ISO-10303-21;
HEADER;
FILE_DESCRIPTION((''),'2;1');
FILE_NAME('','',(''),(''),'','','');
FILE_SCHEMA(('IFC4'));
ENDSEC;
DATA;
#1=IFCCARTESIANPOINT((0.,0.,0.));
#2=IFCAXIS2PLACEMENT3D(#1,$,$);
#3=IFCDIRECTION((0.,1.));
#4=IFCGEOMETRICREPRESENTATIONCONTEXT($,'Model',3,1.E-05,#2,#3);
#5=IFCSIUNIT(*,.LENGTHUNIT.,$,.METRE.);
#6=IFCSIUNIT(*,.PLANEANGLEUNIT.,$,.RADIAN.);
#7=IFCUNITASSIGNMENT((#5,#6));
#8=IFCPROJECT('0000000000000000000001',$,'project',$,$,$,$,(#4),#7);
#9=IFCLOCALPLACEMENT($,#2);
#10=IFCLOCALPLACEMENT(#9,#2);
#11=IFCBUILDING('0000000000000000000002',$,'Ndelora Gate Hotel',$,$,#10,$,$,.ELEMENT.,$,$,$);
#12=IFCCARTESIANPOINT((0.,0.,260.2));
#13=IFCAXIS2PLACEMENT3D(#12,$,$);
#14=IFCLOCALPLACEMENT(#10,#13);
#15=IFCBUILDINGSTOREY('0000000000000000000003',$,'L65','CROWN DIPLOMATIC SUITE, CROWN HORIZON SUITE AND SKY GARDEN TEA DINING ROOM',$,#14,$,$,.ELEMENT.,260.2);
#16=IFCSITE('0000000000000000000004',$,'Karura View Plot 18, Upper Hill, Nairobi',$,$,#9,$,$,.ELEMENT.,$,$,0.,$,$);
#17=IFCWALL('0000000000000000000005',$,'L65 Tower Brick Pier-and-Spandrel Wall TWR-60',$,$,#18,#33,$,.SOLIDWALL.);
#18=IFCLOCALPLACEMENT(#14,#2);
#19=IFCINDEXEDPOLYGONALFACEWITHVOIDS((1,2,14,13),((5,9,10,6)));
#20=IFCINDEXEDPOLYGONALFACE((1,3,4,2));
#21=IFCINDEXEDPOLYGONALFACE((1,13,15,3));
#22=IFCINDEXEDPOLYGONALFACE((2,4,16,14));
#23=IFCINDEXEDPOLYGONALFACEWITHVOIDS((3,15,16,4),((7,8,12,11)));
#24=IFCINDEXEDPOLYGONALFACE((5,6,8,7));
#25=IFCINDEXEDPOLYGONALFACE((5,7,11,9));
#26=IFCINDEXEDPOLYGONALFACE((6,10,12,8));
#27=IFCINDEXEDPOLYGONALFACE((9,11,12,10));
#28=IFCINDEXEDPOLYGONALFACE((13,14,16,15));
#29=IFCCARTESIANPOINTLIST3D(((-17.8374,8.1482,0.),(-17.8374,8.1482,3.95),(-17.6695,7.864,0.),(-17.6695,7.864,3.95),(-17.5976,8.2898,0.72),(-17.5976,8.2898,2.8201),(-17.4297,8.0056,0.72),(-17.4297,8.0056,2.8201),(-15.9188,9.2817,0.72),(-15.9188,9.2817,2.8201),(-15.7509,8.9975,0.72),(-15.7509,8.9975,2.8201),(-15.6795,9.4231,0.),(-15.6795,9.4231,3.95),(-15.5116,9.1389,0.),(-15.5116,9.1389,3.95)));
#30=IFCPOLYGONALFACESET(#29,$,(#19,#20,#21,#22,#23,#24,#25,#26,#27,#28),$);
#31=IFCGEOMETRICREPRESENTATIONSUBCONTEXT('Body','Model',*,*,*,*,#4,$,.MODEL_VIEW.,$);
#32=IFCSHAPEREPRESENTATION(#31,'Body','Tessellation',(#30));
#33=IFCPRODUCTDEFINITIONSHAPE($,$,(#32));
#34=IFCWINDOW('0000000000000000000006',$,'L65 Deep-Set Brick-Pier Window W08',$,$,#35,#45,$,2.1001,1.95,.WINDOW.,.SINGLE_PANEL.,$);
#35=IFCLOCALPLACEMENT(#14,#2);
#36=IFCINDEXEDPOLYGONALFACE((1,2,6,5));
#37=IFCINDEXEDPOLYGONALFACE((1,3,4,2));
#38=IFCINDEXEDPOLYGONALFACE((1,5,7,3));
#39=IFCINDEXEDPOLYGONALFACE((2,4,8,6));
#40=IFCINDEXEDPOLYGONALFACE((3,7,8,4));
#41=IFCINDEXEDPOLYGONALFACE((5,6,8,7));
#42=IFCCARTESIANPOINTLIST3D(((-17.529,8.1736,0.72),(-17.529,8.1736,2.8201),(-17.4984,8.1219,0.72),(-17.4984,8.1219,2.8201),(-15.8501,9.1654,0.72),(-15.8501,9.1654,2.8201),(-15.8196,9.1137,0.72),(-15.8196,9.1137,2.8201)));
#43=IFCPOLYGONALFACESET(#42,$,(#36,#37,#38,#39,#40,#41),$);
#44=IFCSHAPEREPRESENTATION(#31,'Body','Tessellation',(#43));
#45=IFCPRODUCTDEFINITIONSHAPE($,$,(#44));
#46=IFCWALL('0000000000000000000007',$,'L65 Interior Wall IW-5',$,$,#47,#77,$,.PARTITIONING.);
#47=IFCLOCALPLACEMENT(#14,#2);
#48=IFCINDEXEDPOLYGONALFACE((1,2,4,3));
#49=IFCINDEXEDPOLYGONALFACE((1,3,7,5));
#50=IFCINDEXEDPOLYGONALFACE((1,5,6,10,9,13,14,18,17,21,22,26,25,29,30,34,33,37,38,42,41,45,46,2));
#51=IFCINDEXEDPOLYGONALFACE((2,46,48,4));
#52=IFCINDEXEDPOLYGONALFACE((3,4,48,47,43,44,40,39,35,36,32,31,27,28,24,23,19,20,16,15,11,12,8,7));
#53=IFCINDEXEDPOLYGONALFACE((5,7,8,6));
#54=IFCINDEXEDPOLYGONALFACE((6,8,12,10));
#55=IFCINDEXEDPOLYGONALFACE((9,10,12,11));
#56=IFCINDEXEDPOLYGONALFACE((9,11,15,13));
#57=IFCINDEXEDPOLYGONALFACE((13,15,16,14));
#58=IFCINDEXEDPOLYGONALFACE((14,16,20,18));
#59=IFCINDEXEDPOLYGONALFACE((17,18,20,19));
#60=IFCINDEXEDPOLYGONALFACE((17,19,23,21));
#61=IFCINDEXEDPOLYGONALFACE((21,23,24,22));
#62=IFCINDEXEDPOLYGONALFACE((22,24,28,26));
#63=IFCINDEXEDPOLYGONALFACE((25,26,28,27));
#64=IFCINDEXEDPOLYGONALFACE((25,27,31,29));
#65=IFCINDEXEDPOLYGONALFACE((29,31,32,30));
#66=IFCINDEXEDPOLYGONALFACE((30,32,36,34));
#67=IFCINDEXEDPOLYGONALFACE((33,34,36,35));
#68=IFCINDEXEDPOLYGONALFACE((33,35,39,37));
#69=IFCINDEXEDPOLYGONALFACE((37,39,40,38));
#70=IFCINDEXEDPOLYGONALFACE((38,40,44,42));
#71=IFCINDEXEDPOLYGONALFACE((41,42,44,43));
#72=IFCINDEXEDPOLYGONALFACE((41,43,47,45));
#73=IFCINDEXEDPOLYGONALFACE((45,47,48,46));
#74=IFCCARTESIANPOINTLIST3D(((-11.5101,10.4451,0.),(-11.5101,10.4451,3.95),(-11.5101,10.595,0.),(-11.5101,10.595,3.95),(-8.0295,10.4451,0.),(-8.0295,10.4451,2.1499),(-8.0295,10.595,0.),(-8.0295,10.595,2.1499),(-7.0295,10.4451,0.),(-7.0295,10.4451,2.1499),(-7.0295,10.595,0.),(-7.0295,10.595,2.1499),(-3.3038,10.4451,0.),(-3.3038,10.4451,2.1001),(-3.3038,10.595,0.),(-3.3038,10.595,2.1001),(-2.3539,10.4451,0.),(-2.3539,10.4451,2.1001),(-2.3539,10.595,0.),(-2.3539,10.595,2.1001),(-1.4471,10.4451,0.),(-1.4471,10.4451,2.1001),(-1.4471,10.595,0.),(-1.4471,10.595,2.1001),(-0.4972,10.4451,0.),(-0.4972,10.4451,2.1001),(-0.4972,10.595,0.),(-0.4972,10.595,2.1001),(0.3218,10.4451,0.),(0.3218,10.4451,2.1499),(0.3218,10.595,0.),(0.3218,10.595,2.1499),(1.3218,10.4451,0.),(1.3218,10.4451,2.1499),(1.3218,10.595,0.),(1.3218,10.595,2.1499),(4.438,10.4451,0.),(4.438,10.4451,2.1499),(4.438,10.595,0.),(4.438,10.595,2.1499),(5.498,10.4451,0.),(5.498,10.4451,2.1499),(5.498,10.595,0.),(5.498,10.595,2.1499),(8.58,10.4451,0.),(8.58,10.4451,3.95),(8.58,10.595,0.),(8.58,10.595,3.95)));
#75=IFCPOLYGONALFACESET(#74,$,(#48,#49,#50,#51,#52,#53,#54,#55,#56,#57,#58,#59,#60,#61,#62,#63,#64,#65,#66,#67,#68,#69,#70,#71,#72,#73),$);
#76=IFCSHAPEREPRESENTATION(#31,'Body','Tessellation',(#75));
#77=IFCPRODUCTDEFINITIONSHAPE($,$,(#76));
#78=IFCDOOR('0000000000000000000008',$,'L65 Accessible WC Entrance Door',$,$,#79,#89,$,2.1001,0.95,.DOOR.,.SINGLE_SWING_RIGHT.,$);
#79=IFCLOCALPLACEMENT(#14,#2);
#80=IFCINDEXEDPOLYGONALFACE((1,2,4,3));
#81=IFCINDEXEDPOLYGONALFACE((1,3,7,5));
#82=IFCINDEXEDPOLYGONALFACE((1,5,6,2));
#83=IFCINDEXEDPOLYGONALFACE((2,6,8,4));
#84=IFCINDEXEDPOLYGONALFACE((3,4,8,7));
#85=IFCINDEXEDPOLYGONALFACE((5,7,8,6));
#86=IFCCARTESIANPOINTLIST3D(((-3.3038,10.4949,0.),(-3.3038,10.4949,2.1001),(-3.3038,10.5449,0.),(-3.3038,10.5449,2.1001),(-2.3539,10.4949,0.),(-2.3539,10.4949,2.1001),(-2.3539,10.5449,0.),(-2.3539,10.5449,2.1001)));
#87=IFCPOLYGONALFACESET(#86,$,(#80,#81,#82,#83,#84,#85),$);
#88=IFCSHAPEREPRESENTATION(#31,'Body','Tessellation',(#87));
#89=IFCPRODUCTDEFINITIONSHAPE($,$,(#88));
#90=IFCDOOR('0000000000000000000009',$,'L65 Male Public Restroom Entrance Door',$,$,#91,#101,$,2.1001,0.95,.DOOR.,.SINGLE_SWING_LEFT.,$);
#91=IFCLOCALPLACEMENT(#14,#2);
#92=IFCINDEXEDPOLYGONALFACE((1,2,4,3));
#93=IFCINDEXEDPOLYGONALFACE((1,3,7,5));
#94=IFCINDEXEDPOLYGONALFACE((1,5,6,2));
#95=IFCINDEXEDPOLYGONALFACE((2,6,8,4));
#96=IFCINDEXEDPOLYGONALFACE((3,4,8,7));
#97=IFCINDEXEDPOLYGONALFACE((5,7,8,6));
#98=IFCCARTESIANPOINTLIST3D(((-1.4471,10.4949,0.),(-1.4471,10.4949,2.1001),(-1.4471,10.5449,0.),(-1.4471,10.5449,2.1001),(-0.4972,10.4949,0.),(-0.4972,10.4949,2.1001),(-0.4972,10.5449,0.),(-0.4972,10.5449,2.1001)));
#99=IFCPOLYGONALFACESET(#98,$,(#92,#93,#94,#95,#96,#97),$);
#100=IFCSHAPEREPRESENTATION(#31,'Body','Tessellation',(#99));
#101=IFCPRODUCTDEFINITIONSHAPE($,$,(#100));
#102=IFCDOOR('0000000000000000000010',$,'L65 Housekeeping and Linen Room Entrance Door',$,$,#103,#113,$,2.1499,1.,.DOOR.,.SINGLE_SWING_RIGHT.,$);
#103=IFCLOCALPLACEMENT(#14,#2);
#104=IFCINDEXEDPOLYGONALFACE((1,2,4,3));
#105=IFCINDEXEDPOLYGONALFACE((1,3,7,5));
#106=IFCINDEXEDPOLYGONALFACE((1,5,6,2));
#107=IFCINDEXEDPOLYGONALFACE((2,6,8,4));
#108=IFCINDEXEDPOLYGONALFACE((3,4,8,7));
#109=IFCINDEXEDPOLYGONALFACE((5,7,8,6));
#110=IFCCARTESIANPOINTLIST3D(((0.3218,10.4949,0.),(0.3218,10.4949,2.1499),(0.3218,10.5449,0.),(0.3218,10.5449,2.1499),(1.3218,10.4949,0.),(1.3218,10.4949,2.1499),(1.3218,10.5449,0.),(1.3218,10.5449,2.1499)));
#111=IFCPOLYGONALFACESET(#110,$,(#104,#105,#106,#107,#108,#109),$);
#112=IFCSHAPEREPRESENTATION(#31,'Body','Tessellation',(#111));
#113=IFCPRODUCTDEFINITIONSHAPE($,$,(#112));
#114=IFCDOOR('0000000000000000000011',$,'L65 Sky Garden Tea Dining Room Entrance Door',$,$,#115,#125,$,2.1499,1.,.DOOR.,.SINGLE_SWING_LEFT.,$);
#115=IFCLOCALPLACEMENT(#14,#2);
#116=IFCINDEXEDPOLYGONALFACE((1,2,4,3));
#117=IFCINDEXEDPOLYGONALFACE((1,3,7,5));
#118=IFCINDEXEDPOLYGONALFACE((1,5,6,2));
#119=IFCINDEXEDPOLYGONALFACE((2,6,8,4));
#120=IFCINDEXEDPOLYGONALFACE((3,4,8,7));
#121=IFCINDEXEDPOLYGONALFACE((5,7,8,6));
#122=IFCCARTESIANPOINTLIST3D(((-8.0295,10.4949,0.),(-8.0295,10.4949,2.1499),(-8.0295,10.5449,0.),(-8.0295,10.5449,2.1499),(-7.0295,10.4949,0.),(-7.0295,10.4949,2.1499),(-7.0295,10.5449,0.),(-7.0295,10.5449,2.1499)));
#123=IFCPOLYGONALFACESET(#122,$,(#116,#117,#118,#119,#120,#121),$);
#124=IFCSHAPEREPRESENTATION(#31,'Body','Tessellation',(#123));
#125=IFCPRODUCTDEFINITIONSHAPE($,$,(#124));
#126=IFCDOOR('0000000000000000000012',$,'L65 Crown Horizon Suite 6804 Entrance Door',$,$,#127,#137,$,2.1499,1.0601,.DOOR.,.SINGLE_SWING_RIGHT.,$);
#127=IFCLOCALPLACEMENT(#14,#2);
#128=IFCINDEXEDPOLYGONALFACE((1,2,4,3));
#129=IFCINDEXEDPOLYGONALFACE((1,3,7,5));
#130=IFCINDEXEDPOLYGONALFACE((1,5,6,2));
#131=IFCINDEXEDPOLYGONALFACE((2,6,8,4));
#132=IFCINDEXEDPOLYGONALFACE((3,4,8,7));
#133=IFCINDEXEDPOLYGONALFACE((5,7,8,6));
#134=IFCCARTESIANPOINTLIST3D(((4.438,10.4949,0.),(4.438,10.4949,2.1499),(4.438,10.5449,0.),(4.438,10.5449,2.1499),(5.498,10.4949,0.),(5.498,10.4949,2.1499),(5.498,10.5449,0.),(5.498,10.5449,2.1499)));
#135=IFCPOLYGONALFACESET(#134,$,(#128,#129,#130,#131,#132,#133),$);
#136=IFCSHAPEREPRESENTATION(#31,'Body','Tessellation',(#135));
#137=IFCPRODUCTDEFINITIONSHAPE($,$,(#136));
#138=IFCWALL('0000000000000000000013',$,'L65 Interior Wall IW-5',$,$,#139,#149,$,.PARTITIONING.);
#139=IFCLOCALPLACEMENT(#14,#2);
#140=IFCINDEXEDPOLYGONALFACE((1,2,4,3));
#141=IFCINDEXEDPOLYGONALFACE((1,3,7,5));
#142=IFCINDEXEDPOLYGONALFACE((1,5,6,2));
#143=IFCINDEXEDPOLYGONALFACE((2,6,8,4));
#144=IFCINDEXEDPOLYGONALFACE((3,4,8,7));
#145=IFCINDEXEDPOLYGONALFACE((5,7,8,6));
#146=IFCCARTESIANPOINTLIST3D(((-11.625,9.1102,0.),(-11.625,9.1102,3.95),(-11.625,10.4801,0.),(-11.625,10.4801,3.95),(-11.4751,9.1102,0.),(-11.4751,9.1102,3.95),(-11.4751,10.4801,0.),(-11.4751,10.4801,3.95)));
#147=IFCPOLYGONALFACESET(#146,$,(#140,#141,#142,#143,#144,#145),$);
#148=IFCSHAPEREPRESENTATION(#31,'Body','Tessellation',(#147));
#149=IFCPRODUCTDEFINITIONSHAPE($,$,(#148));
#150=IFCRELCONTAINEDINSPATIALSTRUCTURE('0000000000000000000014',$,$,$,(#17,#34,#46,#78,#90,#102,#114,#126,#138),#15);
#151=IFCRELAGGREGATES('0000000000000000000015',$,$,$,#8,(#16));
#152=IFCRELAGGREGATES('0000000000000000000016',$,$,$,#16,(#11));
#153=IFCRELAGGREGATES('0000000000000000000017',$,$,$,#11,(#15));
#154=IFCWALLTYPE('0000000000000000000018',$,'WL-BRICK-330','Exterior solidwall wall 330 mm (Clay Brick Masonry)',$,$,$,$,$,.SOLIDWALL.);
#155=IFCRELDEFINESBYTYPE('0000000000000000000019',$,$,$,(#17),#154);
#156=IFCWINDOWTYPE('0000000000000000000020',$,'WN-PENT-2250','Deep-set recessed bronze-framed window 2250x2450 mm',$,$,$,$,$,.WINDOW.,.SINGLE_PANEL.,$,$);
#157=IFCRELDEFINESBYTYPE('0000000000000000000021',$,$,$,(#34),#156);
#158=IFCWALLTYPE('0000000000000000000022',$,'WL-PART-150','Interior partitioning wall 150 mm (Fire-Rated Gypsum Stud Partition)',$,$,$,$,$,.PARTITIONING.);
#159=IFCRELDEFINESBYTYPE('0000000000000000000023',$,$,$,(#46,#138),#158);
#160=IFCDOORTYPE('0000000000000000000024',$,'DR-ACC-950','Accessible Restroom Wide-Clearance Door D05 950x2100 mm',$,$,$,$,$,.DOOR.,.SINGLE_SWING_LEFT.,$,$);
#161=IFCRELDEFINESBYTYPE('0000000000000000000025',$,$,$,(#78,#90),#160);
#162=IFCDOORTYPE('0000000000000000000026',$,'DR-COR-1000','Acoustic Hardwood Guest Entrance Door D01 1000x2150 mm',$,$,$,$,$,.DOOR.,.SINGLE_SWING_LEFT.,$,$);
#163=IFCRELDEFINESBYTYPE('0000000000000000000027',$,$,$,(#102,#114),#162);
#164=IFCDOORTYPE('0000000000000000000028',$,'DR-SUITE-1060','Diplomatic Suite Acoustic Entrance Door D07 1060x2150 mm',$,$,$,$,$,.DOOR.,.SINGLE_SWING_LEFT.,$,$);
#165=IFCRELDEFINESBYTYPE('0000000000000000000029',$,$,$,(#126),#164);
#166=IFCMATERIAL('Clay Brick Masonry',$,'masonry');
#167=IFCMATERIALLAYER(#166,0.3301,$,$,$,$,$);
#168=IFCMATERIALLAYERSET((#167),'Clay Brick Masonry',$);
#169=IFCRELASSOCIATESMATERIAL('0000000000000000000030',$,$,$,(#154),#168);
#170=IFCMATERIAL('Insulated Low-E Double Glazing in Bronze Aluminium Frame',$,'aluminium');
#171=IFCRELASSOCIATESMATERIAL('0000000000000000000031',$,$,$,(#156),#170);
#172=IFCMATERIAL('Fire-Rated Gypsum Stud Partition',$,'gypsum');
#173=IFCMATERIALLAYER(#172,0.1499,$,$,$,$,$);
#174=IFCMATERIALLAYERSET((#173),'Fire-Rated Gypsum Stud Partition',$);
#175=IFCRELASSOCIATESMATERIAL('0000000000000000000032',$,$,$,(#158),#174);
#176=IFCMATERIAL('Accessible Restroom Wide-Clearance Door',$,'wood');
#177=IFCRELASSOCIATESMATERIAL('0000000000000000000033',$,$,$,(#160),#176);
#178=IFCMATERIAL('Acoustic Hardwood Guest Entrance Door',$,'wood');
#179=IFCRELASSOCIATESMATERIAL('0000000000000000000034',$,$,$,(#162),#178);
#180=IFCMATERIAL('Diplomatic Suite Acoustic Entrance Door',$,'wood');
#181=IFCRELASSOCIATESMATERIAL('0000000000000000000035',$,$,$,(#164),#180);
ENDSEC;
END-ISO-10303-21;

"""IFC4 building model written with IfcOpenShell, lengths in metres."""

from ifc_helpers import new_model, si_unit, direction, frame, frame_2d, origin, place, context, subcontext, project, spatial, rectangle, extrude, material, layer, layer_set, type_object, element, fill, save


model = new_model("IFC4")

# Units and contexts
model_context = context("Model", 3, precision=1e-05, world=origin(), true_north=direction((0.0, 1.0)))
body_context = subcontext(model_context, "Body", "Model", "MODEL_VIEW")
ifc_project = project(units=[si_unit("LENGTHUNIT", "METRE"), si_unit("PLANEANGLEUNIT", "RADIAN")], contexts=[model_context])

# Site, building, storey
site_placement = place(None, origin())
site = spatial("IfcSite", under=ifc_project, at=site_placement, Name="Karura View Plot 18, Upper Hill, Nairobi", CompositionType="ELEMENT", RefElevation=0.0)
building_placement = place(site_placement, origin())
building = spatial("IfcBuilding", under=site, at=building_placement, Name="Ndelora Gate Hotel", CompositionType="ELEMENT")
storey_placement = place(building_placement, frame((0.0, 0.0, 260.2)))
storey = spatial("IfcBuildingStorey", under=building, at=storey_placement, Name="L65", Description="CROWN DIPLOMATIC SUITE, CROWN HORIZON SUITE AND SKY GARDEN TEA DINING ROOM", CompositionType="ELEMENT", Elevation=260.2)

# Shared definitions
ifc_material_1 = material(Name="Clay Brick Masonry", Category="masonry")
ifc_layer_1 = layer(ifc_material_1, 0.3301)
ifc_layer_set_1 = layer_set([ifc_layer_1], Name="Clay Brick Masonry")
wall_type_1 = type_object("IfcWallType", Name="WL-BRICK-330", Description="Exterior solidwall wall 330 mm (Clay Brick Masonry)", PredefinedType="SOLIDWALL", material=ifc_layer_set_1)

# Shared definitions
ifc_material_2 = material(Name="Insulated Low-E Double Glazing in Bronze Aluminium Frame", Category="aluminium")
window_type = type_object("IfcWindowType", Name="WN-PENT-2250", Description="Deep-set recessed bronze-framed window 2250x2450 mm", PartitioningType="SINGLE_PANEL", PredefinedType="WINDOW", material=ifc_material_2)

# Wall, opening, window
wall_1_placement = place(storey_placement, frame((-17.7534, 8.0061, 0.0), z_axis=(0.0, 0.0, 1.0), x_axis=(0.860971, 0.508654, 0.0)))
wall_1 = element("IfcWall", 1, at=wall_1_placement, inside=storey, type_object=wall_type_1, Name="L65 Tower Brick Pier-and-Spandrel Wall TWR-60", PredefinedType="SOLIDWALL", context=body_context, shape_type="SweptSolid", body=[
    extrude(rectangle(XDim=2.5063, YDim=0.3301, at=frame_2d((1.2532, 0.0))), origin(), (0.0, 0.0, 1.0), 3.95),
])
opening_1_placement = place(wall_1_placement, frame((0.2783, 0.0, 0.72)))
opening_1 = element("IfcOpeningElement", 2, at=opening_1_placement, cuts=wall_1, PredefinedType="OPENING", context=body_context, shape_type="SweptSolid", body=[
    extrude(rectangle(XDim=1.95, YDim=2.1001, at=frame_2d((0.9751, 1.05))), frame((0.0, 0.175, 0.0), z_axis=(0.0, -1.0, 0.0), x_axis=(1.0, 0.0, 0.0)), (0.0, 0.0, 1.0), 0.3501),
])
window_1_placement = place(opening_1_placement, origin())
window_1 = element("IfcWindow", 3, at=window_1_placement, inside=storey, type_object=window_type, Name="L65 Deep-Set Brick-Pier Window W08", OverallHeight=2.1001, OverallWidth=1.95, PartitioningType="SINGLE_PANEL", PredefinedType="WINDOW", context=body_context, shape_type="SweptSolid", body=[
    extrude(rectangle(XDim=1.95, YDim=2.1001, at=frame_2d((0.9751, 1.05))), frame((0.0, 0.03, 0.0), z_axis=(0.0, -1.0, 0.0), x_axis=(1.0, 0.0, 0.0)), (0.0, 0.0, 1.0), 0.0601),
])
fill(opening_1, window_1)

# Wall, openings, doors
ifc_material_3 = material(Name="Fire-Rated Gypsum Stud Partition", Category="gypsum")
ifc_layer_2 = layer(ifc_material_3, 0.1499)
ifc_layer_set_2 = layer_set([ifc_layer_2], Name="Fire-Rated Gypsum Stud Partition")
wall_type_2 = type_object("IfcWallType", Name="WL-PART-150", Description="Interior partitioning wall 150 mm (Fire-Rated Gypsum Stud Partition)", PredefinedType="PARTITIONING", material=ifc_layer_set_2)
wall_2_placement = place(storey_placement, frame((-11.51, 10.52, 0.0), z_axis=(0.0, 0.0, 1.0), x_axis=(1.0, 0.0, 0.0)))
wall_2 = element("IfcWall", 4, at=wall_2_placement, inside=storey, type_object=wall_type_2, Name="L65 Interior Wall IW-5", PredefinedType="PARTITIONING", context=body_context, shape_type="SweptSolid", body=[
    extrude(rectangle(XDim=20.0901, YDim=0.1499, at=frame_2d((10.0449, 0.0))), origin(), (0.0, 0.0, 1.0), 3.95),
])
opening_2_placement = place(wall_2_placement, frame((8.2061, 0.0, 0.0)))
opening_2 = element("IfcOpeningElement", 5, at=opening_2_placement, cuts=wall_2, PredefinedType="OPENING", context=body_context, shape_type="SweptSolid", body=[
    extrude(rectangle(XDim=0.95, YDim=2.1001, at=frame_2d((0.4751, 1.05))), frame((0.0, 0.085, 0.0), z_axis=(0.0, -1.0, 0.0), x_axis=(1.0, 0.0, 0.0)), (0.0, 0.0, 1.0), 0.1699),
])
opening_3_placement = place(wall_2_placement, frame((10.0627, 0.0, 0.0)))
opening_3 = element("IfcOpeningElement", 6, at=opening_3_placement, cuts=wall_2, PredefinedType="OPENING", context=body_context, shape_type="SweptSolid", body=[
    extrude(rectangle(XDim=0.95, YDim=2.1001, at=frame_2d((0.4751, 1.05))), frame((0.0, 0.085, 0.0), z_axis=(0.0, -1.0, 0.0), x_axis=(1.0, 0.0, 0.0)), (0.0, 0.0, 1.0), 0.1699),
])
opening_4_placement = place(wall_2_placement, frame((11.8318, 0.0, 0.0)))
opening_4 = element("IfcOpeningElement", 7, at=opening_4_placement, cuts=wall_2, PredefinedType="OPENING", context=body_context, shape_type="SweptSolid", body=[
    extrude(rectangle(XDim=1.0, YDim=2.1499, at=frame_2d((0.5, 1.075))), frame((0.0, 0.085, 0.0), z_axis=(0.0, -1.0, 0.0), x_axis=(1.0, 0.0, 0.0)), (0.0, 0.0, 1.0), 0.1699),
])
opening_5_placement = place(wall_2_placement, frame((3.4805, 0.0, 0.0)))
opening_5 = element("IfcOpeningElement", 8, at=opening_5_placement, cuts=wall_2, PredefinedType="OPENING", context=body_context, shape_type="SweptSolid", body=[
    extrude(rectangle(XDim=1.0, YDim=2.1499, at=frame_2d((0.5, 1.075))), frame((0.0, 0.085, 0.0), z_axis=(0.0, -1.0, 0.0), x_axis=(1.0, 0.0, 0.0)), (0.0, 0.0, 1.0), 0.1699),
])
opening_6_placement = place(wall_2_placement, frame((15.948, 0.0, 0.0)))
opening_6 = element("IfcOpeningElement", 9, at=opening_6_placement, cuts=wall_2, PredefinedType="OPENING", context=body_context, shape_type="SweptSolid", body=[
    extrude(rectangle(XDim=1.0601, YDim=2.1499, at=frame_2d((0.53, 1.075))), frame((0.0, 0.085, 0.0), z_axis=(0.0, -1.0, 0.0), x_axis=(1.0, 0.0, 0.0)), (0.0, 0.0, 1.0), 0.1699),
])
ifc_material_4 = material(Name="Accessible Restroom Wide-Clearance Door", Category="wood")
door_type_1 = type_object("IfcDoorType", Name="DR-ACC-950", Description="Accessible Restroom Wide-Clearance Door D05 950x2100 mm", OperationType="SINGLE_SWING_LEFT", PredefinedType="DOOR", material=ifc_material_4)
door_1_placement = place(opening_2_placement, origin())
door_1 = element("IfcDoor", 10, at=door_1_placement, inside=storey, type_object=door_type_1, Name="L65 Accessible WC Entrance Door", OperationType="SINGLE_SWING_RIGHT", OverallHeight=2.1001, OverallWidth=0.95, PredefinedType="DOOR", context=body_context, shape_type="SweptSolid", body=[
    extrude(rectangle(XDim=0.95, YDim=2.1001, at=frame_2d((0.4751, 1.05))), frame((0.0, 0.0249, 0.0), z_axis=(0.0, -1.0, 0.0), x_axis=(1.0, 0.0, 0.0)), (0.0, 0.0, 1.0), 0.05),
])
fill(opening_2, door_1)
door_2_placement = place(opening_3_placement, origin())
door_2 = element("IfcDoor", 11, at=door_2_placement, inside=storey, type_object=door_type_1, Name="L65 Male Public Restroom Entrance Door", OperationType="SINGLE_SWING_LEFT", OverallHeight=2.1001, OverallWidth=0.95, PredefinedType="DOOR", context=body_context, shape_type="SweptSolid", body=[
    extrude(rectangle(XDim=0.95, YDim=2.1001, at=frame_2d((0.4751, 1.05))), frame((0.0, 0.0249, 0.0), z_axis=(0.0, -1.0, 0.0), x_axis=(1.0, 0.0, 0.0)), (0.0, 0.0, 1.0), 0.05),
])
fill(opening_3, door_2)
ifc_material_5 = material(Name="Acoustic Hardwood Guest Entrance Door", Category="wood")
door_type_2 = type_object("IfcDoorType", Name="DR-COR-1000", Description="Acoustic Hardwood Guest Entrance Door D01 1000x2150 mm", OperationType="SINGLE_SWING_LEFT", PredefinedType="DOOR", material=ifc_material_5)
door_3_placement = place(opening_4_placement, origin())
door_3 = element("IfcDoor", 12, at=door_3_placement, inside=storey, type_object=door_type_2, Name="L65 Housekeeping and Linen Room Entrance Door", OperationType="SINGLE_SWING_RIGHT", OverallHeight=2.1499, OverallWidth=1.0, PredefinedType="DOOR", context=body_context, shape_type="SweptSolid", body=[
    extrude(rectangle(XDim=1.0, YDim=2.1499, at=frame_2d((0.5, 1.075))), frame((0.0, 0.0249, 0.0), z_axis=(0.0, -1.0, 0.0), x_axis=(1.0, 0.0, 0.0)), (0.0, 0.0, 1.0), 0.05),
])
fill(opening_4, door_3)
door_4_placement = place(opening_5_placement, origin())
door_4 = element("IfcDoor", 13, at=door_4_placement, inside=storey, type_object=door_type_2, Name="L65 Sky Garden Tea Dining Room Entrance Door", OperationType="SINGLE_SWING_LEFT", OverallHeight=2.1499, OverallWidth=1.0, PredefinedType="DOOR", context=body_context, shape_type="SweptSolid", body=[
    extrude(rectangle(XDim=1.0, YDim=2.1499, at=frame_2d((0.5, 1.075))), frame((0.0, 0.0249, 0.0), z_axis=(0.0, -1.0, 0.0), x_axis=(1.0, 0.0, 0.0)), (0.0, 0.0, 1.0), 0.05),
])
fill(opening_5, door_4)
ifc_material_6 = material(Name="Diplomatic Suite Acoustic Entrance Door", Category="wood")
door_type_3 = type_object("IfcDoorType", Name="DR-SUITE-1060", Description="Diplomatic Suite Acoustic Entrance Door D07 1060x2150 mm", OperationType="SINGLE_SWING_LEFT", PredefinedType="DOOR", material=ifc_material_6)
door_5_placement = place(opening_6_placement, origin())
door_5 = element("IfcDoor", 14, at=door_5_placement, inside=storey, type_object=door_type_3, Name="L65 Crown Horizon Suite 6804 Entrance Door", OperationType="SINGLE_SWING_RIGHT", OverallHeight=2.1499, OverallWidth=1.0601, PredefinedType="DOOR", context=body_context, shape_type="SweptSolid", body=[
    extrude(rectangle(XDim=1.0601, YDim=2.1499, at=frame_2d((0.53, 1.075))), frame((0.0, 0.0249, 0.0), z_axis=(0.0, -1.0, 0.0), x_axis=(1.0, 0.0, 0.0)), (0.0, 0.0, 1.0), 0.05),
])
fill(opening_6, door_5)

# Wall
wall_3_placement = place(storey_placement, frame((-11.55, 9.1101, 0.0), z_axis=(0.0, 0.0, 1.0), x_axis=(0.0, 1.0, 0.0)))
element("IfcWall", 15, at=wall_3_placement, inside=storey, type_object=wall_type_2, Name="L65 Interior Wall IW-5", PredefinedType="PARTITIONING", context=body_context, shape_type="SweptSolid", body=[
    extrude(rectangle(XDim=1.3699, YDim=0.1499, at=frame_2d((0.6851, 0.0))), origin(), (0.0, 0.0, 1.0), 3.95),
])

save(model, "model.ifc")
